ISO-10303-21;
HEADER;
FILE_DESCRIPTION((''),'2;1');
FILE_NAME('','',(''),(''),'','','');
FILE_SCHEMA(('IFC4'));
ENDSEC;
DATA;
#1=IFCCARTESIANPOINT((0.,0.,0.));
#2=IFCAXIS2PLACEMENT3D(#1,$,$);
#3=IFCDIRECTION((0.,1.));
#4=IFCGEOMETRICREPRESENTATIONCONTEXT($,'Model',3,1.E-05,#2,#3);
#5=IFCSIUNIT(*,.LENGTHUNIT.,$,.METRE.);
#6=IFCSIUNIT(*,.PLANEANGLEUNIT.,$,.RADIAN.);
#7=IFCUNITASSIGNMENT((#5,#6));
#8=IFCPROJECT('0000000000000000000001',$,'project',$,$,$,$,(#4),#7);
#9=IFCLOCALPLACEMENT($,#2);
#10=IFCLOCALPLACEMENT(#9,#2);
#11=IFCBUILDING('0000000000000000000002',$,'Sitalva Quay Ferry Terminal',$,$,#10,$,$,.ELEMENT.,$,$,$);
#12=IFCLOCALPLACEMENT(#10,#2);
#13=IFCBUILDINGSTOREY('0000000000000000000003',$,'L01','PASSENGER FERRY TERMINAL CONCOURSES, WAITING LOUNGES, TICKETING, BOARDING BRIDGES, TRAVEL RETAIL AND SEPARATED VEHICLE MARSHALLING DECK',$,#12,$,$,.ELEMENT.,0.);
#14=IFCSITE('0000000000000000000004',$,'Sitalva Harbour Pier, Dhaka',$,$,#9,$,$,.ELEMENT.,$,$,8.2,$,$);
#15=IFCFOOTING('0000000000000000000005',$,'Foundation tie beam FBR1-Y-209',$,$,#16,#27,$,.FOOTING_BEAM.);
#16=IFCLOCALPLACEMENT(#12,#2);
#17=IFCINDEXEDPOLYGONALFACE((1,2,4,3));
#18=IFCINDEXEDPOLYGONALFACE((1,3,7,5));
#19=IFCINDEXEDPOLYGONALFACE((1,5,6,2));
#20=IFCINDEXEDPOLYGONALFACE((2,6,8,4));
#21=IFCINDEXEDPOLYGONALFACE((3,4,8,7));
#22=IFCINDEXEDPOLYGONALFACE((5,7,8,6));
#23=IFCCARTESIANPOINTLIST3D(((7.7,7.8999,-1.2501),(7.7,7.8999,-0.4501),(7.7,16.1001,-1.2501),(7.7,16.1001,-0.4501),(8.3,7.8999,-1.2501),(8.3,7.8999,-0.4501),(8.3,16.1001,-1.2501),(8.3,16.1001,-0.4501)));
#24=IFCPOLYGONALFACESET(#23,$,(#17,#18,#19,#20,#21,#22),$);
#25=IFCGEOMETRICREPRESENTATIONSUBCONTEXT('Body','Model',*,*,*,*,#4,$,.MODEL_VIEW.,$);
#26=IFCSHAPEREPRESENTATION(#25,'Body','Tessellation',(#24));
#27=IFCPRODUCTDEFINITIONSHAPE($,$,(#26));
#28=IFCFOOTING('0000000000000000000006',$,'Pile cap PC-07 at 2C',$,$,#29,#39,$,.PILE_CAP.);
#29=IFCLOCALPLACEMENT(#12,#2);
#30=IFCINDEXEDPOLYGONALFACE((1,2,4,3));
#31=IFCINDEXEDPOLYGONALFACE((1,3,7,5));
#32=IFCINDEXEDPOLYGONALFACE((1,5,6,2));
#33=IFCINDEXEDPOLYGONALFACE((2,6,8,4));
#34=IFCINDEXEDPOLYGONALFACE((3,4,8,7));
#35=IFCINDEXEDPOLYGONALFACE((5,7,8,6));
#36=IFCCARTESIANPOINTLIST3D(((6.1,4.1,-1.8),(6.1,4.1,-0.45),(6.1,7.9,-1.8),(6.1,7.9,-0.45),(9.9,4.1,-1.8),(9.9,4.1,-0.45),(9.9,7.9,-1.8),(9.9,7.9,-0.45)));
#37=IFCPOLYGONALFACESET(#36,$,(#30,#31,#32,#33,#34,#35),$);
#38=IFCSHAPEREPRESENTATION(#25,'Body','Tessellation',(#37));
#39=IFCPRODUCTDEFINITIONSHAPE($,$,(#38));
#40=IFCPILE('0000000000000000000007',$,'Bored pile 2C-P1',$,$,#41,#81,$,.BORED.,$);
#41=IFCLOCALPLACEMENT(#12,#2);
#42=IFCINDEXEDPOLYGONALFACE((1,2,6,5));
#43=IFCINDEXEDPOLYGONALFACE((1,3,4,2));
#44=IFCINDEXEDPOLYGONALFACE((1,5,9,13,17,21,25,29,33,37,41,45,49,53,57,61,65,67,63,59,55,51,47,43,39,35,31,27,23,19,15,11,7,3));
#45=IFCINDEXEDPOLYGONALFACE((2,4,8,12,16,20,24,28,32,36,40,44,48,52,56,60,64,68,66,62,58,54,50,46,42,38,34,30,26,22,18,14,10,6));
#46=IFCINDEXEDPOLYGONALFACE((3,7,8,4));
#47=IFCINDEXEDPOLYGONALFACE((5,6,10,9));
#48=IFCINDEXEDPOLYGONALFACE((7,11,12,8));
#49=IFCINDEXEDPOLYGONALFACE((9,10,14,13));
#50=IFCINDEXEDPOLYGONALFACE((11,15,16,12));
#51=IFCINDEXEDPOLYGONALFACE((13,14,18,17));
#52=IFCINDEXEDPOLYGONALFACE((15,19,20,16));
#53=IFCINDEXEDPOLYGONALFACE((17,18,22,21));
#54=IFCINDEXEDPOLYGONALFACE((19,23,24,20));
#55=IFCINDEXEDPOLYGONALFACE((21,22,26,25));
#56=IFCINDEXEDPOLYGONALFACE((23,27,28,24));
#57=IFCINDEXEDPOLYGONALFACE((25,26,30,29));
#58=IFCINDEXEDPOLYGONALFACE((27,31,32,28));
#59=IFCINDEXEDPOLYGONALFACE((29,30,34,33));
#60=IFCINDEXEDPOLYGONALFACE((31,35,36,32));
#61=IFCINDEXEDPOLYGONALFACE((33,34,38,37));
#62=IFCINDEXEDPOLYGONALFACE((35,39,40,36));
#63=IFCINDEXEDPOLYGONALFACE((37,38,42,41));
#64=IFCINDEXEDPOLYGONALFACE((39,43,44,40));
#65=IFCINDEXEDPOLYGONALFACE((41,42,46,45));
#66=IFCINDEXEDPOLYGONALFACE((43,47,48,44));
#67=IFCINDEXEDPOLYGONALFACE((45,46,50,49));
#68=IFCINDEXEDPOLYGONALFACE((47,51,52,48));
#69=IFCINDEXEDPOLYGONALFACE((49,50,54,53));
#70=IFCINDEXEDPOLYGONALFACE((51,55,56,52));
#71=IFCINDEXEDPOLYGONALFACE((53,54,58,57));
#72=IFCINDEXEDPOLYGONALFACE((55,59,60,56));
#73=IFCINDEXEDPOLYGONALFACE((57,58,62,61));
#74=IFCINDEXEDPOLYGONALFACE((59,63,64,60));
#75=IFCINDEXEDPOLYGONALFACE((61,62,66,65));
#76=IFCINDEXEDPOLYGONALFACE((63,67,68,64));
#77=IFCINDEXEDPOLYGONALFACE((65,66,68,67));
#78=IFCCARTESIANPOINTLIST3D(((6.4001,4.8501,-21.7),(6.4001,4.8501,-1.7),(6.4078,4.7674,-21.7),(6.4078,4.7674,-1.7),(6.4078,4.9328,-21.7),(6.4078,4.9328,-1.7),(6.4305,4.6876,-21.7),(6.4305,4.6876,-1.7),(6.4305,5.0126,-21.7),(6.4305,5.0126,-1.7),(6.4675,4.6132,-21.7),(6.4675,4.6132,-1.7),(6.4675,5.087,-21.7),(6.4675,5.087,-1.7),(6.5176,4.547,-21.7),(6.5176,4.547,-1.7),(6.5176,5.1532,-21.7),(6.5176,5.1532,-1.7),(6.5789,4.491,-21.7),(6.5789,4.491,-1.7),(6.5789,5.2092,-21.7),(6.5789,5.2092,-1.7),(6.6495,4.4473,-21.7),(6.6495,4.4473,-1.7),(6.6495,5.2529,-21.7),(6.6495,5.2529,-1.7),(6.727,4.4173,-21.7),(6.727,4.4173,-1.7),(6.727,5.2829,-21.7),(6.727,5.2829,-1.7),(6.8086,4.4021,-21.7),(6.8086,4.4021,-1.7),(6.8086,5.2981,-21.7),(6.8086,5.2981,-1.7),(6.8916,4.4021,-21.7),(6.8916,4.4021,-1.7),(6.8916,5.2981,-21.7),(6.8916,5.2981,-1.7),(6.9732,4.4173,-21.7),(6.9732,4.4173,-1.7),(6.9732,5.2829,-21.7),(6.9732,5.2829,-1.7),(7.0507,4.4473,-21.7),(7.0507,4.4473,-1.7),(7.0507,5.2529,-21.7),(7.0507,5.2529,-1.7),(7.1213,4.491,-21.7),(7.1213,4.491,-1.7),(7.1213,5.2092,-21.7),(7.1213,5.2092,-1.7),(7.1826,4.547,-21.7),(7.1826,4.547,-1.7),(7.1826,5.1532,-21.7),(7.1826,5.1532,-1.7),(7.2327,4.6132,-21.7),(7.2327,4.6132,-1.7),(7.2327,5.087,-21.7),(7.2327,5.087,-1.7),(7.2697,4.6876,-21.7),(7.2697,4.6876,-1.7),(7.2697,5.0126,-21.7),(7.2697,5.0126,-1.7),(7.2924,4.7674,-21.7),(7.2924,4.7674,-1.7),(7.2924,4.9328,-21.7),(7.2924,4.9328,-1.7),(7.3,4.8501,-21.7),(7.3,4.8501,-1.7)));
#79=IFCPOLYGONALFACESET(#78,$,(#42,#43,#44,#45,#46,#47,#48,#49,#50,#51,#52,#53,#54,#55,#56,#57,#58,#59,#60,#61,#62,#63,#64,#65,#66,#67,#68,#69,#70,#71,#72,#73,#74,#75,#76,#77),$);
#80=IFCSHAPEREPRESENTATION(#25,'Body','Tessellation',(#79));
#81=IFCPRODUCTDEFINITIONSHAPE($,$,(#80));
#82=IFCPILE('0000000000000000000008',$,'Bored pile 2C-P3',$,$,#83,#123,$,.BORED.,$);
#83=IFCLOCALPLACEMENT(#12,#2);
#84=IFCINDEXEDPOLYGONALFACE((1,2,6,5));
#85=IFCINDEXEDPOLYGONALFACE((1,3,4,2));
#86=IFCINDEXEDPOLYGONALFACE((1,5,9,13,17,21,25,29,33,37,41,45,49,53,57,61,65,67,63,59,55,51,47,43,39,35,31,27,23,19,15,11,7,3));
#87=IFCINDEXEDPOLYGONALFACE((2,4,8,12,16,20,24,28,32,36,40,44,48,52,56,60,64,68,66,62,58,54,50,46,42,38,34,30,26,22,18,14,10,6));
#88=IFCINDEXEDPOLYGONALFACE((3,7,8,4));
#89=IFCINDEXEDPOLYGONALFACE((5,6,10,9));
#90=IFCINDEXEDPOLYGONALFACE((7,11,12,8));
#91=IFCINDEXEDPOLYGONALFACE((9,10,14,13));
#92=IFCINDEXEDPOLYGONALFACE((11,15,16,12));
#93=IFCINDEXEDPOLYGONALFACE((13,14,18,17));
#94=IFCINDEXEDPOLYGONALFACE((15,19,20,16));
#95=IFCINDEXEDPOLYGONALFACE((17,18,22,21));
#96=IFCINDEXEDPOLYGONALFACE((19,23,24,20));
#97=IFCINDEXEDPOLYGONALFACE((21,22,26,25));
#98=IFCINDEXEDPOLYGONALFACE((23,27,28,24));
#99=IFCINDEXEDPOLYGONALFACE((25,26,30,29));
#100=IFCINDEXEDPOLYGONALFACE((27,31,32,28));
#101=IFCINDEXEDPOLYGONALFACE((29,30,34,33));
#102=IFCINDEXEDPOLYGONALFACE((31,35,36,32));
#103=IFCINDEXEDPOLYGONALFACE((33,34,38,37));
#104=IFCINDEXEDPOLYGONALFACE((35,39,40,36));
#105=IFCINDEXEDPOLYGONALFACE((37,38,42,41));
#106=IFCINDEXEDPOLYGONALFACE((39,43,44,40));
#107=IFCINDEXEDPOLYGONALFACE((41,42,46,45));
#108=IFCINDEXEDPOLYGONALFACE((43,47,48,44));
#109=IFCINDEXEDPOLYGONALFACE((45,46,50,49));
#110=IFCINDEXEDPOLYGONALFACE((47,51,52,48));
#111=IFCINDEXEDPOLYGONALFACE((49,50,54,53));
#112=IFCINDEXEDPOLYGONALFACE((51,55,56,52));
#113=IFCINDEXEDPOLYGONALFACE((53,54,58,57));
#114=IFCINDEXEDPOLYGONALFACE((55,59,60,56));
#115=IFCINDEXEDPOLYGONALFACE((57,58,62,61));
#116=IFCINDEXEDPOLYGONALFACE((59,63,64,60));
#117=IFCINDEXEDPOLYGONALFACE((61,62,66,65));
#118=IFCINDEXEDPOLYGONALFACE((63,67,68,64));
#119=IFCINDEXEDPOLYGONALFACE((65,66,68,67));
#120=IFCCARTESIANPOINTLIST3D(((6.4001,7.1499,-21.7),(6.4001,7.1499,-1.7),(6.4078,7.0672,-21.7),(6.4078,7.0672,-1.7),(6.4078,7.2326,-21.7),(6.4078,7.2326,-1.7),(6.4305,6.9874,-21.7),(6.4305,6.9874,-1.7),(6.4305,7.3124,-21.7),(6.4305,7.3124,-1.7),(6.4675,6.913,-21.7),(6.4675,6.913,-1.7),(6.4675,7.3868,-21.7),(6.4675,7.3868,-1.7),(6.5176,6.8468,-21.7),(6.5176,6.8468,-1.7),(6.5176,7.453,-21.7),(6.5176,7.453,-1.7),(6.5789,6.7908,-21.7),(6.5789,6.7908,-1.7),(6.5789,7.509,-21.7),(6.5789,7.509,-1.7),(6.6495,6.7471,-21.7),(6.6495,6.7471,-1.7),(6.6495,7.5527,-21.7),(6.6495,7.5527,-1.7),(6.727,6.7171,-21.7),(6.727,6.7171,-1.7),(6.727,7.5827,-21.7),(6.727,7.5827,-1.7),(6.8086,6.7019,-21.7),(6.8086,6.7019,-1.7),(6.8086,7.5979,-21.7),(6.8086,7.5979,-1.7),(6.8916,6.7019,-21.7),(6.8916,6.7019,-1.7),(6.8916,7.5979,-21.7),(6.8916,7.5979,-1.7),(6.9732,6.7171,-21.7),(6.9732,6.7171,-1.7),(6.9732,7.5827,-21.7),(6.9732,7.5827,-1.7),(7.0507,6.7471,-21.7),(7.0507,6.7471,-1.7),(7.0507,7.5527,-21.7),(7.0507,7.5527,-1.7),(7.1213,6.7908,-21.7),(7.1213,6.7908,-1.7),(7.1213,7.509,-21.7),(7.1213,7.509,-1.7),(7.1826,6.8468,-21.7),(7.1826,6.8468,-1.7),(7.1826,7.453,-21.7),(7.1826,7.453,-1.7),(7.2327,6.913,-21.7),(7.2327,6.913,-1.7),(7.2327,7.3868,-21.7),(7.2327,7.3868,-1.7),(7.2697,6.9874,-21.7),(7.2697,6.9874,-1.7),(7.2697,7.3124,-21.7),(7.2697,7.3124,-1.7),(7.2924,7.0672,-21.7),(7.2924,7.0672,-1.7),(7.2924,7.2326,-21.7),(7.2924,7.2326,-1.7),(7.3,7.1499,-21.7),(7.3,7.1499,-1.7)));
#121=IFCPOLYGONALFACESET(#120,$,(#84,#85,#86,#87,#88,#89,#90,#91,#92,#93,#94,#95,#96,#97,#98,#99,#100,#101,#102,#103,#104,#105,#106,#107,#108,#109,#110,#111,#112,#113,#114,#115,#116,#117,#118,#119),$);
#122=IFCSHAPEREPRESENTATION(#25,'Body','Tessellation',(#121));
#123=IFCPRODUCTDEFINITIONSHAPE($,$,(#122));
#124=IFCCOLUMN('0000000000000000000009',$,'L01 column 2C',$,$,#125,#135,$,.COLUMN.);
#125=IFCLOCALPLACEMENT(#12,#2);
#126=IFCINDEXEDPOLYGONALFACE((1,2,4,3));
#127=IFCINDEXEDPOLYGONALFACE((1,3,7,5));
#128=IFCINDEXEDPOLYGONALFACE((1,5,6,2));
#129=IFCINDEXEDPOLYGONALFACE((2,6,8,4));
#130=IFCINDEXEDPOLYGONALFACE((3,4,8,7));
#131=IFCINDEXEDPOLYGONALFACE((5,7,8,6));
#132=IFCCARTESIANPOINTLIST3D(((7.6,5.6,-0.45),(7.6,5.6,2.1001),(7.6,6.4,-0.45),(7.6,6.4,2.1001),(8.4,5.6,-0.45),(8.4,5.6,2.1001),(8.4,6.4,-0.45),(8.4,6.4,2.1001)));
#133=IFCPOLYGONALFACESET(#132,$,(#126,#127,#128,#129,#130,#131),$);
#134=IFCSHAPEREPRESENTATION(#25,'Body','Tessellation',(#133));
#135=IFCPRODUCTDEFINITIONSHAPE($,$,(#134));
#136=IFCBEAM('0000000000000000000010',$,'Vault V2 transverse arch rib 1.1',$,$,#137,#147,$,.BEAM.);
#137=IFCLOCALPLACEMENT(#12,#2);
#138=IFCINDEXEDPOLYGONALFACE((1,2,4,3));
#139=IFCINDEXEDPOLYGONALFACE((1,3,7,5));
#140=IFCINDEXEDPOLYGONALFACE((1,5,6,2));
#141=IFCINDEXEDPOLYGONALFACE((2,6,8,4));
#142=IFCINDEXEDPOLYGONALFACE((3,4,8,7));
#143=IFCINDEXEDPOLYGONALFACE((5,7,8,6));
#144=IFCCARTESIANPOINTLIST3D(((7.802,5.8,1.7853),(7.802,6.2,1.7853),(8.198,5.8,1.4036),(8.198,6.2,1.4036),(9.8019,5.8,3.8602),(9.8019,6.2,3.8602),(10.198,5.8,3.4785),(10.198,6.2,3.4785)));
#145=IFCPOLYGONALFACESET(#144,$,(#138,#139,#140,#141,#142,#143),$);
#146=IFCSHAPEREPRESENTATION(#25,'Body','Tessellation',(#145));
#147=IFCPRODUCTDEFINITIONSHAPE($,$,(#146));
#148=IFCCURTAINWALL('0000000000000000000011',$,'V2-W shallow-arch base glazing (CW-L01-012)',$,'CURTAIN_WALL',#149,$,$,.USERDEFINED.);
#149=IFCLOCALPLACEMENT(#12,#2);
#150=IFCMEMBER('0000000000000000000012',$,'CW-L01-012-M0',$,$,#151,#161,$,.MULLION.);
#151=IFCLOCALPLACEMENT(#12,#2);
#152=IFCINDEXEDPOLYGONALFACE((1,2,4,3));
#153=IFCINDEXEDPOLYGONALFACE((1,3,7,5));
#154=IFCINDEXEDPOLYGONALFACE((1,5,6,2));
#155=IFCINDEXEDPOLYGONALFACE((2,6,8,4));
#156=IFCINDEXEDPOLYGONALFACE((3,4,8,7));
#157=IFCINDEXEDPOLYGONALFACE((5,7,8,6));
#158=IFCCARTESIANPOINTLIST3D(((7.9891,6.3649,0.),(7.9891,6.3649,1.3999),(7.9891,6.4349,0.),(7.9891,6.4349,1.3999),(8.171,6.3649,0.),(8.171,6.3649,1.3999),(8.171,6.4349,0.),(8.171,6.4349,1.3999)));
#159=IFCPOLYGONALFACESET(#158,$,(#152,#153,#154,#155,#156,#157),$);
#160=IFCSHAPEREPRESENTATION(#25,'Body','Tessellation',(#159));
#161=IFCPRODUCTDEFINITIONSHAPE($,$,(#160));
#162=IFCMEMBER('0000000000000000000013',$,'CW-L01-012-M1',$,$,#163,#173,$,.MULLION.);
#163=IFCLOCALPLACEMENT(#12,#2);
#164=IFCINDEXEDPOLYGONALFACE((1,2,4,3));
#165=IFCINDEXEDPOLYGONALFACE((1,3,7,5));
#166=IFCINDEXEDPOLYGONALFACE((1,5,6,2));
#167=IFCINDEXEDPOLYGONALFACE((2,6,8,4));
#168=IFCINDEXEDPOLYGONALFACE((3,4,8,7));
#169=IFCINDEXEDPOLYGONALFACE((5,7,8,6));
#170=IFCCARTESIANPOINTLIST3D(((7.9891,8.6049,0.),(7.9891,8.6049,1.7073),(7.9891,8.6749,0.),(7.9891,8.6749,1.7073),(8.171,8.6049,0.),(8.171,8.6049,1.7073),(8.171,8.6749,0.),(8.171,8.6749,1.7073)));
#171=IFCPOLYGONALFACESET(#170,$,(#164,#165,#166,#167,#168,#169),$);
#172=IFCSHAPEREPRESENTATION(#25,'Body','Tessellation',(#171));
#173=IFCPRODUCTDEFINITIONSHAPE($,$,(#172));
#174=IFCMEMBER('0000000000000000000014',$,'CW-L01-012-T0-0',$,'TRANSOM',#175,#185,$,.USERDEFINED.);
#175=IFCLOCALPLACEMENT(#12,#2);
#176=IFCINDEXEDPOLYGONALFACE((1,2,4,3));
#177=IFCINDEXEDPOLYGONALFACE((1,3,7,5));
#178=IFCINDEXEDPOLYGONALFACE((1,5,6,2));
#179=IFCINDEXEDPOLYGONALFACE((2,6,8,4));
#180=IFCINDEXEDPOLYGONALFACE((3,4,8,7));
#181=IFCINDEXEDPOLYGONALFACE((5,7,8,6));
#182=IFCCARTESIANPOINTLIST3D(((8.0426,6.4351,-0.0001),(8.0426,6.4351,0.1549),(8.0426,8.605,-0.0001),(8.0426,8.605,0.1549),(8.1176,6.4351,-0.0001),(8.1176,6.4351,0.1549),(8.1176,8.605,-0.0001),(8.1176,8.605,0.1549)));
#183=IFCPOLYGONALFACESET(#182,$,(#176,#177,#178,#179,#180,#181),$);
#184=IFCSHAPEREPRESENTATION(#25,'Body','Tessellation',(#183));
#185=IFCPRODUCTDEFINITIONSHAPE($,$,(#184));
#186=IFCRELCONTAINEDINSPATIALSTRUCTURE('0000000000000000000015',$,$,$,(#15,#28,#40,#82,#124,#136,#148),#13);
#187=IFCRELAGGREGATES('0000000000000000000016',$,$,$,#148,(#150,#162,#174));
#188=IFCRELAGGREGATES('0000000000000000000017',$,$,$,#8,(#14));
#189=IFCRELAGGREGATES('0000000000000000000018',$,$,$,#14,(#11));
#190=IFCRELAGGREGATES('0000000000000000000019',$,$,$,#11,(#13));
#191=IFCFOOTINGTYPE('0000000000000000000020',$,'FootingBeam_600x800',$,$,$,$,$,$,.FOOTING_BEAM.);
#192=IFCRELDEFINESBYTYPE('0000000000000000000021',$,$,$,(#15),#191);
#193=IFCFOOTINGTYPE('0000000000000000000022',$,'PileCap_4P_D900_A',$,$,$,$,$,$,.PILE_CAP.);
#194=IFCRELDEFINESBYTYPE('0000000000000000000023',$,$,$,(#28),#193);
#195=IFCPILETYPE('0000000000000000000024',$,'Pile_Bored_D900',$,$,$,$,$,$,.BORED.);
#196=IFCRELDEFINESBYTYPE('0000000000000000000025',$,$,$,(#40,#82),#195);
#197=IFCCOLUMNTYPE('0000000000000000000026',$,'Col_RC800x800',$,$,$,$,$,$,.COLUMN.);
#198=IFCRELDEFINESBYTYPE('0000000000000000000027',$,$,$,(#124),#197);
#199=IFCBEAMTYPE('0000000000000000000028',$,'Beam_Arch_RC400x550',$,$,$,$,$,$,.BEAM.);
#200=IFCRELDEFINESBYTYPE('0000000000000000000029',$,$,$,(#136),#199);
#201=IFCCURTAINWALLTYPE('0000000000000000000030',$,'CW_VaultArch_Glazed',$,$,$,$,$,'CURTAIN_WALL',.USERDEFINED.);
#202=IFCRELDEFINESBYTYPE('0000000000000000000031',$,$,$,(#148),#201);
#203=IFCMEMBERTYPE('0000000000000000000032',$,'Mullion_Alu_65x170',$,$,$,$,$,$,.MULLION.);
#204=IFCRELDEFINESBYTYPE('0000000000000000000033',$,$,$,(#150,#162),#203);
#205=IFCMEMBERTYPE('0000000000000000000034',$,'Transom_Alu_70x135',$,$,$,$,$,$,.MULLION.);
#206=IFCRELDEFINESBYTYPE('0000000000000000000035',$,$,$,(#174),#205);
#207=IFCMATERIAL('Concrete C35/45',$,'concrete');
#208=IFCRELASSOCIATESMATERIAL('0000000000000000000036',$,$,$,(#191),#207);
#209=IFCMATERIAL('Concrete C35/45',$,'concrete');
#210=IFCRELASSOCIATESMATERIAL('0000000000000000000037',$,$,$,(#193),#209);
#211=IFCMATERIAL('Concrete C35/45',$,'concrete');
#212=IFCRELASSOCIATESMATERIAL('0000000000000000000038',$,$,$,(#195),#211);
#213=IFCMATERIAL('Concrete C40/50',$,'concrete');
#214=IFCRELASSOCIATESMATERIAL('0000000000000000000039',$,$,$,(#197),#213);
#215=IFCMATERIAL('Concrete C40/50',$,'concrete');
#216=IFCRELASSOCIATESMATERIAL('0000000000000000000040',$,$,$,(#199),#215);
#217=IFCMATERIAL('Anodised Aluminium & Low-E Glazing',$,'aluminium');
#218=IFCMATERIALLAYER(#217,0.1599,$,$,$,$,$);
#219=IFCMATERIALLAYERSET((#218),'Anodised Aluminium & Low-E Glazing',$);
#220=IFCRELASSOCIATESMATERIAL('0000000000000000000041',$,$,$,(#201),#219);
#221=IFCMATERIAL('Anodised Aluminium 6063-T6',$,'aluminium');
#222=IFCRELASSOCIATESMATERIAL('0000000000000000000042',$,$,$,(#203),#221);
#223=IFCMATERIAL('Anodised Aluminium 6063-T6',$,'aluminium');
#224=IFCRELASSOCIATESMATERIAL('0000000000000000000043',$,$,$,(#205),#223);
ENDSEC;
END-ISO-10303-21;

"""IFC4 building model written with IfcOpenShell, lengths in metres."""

from ifc_helpers import new_model, si_unit, direction, frame, origin, origin_2d, place, context, subcontext, project, spatial, rectangle, circle, extrude, material, layer, layer_set, material_profile, profile_set, type_object, element, aggregate, save


model = new_model("IFC4")

# Units and contexts
model_context = context("Model", 3, precision=1e-05, world=origin(), true_north=direction((0.0, 1.0)))
body_context = subcontext(model_context, "Body", "Model", "MODEL_VIEW")
ifc_project = project(units=[si_unit("LENGTHUNIT", "METRE"), si_unit("PLANEANGLEUNIT", "RADIAN")], contexts=[model_context])

# Site, building, storey
site_placement = place(None, origin())
site = spatial("IfcSite", under=ifc_project, at=site_placement, Name="Sitalva Harbour Pier, Dhaka", CompositionType="ELEMENT", RefElevation=8.2)
building_placement = place(site_placement, origin())
building = spatial("IfcBuilding", under=site, at=building_placement, Name="Sitalva Quay Ferry Terminal", CompositionType="ELEMENT")
storey_placement = place(building_placement, origin())
storey = spatial("IfcBuildingStorey", under=building, at=storey_placement, Name="L01", Description="PASSENGER FERRY TERMINAL CONCOURSES, WAITING LOUNGES, TICKETING, BOARDING BRIDGES, TRAVEL RETAIL AND SEPARATED VEHICLE MARSHALLING DECK", CompositionType="ELEMENT", Elevation=0.0)

# Footings
ifc_material_1 = material(Name="Concrete C35/45", Category="concrete")
ifc_material_profile_1 = material_profile(ifc_material_1, rectangle(XDim=0.6001, YDim=0.8, at=origin_2d()), Name="RC600x800")
ifc_profile_set_1 = profile_set([ifc_material_profile_1], Name="Concrete C35/45")
footing_type_1 = type_object("IfcFootingType", Name="FootingBeam_600x800", PredefinedType="FOOTING_BEAM", material=ifc_profile_set_1)
footing_1_placement = place(storey_placement, frame((8.0, 7.8999, -0.8501), z_axis=(0.0, 1.0, 0.0), x_axis=(-1.0, 0.0, 0.0)))
element("IfcFooting", 1, at=footing_1_placement, inside=storey, type_object=footing_type_1, Name="Foundation tie beam FBR1-Y-209", PredefinedType="FOOTING_BEAM", context=body_context, shape_type="SweptSolid", body=[
    extrude(rectangle(XDim=0.6001, YDim=0.8, at=origin_2d()), origin(), (0.0, 0.0, 1.0), 8.2002),
])
ifc_material_2 = material(Name="Concrete C35/45", Category="concrete")
footing_type_2 = type_object("IfcFootingType", Name="PileCap_4P_D900_A", PredefinedType="PILE_CAP", material=ifc_material_2)
footing_2_placement = place(storey_placement, frame((8.0, 6.0, -1.8), z_axis=(0.0, 0.0, 1.0), x_axis=(1.0, 0.0, 0.0)))
element("IfcFooting", 2, at=footing_2_placement, inside=storey, type_object=footing_type_2, Name="Pile cap PC-07 at 2C", PredefinedType="PILE_CAP", context=body_context, shape_type="SweptSolid", body=[
    extrude(rectangle(XDim=3.8, YDim=3.8, at=origin_2d()), origin(), (0.0, 0.0, 1.0), 1.3501),
])

# Piles
ifc_material_3 = material(Name="Concrete C35/45", Category="concrete")
ifc_material_profile_2 = material_profile(ifc_material_3, circle(Radius=0.45, at=origin_2d()), Name="PILE-D900")
ifc_profile_set_2 = profile_set([ifc_material_profile_2], Name="Concrete C35/45")
pile_type = type_object("IfcPileType", Name="Pile_Bored_D900", PredefinedType="BORED", material=ifc_profile_set_2)
for number, where, z_axis, x_axis, name in (
    (3, (6.8501, 4.8501, -1.7), (0.0, 0.0, -1.0), (1.0, 0.0, 0.0), "Bored pile 2C-P1"),
    (4, (6.8501, 7.1499, -1.7), (0.0, 0.0, -1.0), (1.0, 0.0, 0.0), "Bored pile 2C-P3"),
):
    element("IfcPile", number, at=place(storey_placement, frame(where, z_axis=z_axis, x_axis=x_axis)), inside=storey, type_object=pile_type, Name=name, PredefinedType="BORED", context=body_context, shape_type="SweptSolid", body=[
        extrude(circle(Radius=0.45, at=origin_2d()), origin(), (0.0, 0.0, 1.0), 20.0),
    ])

# Column
ifc_material_4 = material(Name="Concrete C40/50", Category="concrete")
ifc_material_profile_3 = material_profile(ifc_material_4, rectangle(XDim=0.8, YDim=0.8, at=origin_2d()), Name="RC800x800")
ifc_profile_set_3 = profile_set([ifc_material_profile_3], Name="Concrete C40/50")
column_type = type_object("IfcColumnType", Name="Col_RC800x800", PredefinedType="COLUMN", material=ifc_profile_set_3)
column_placement = place(storey_placement, frame((8.0, 6.0, -0.45), z_axis=(0.0, 0.0, 1.0), x_axis=(1.0, 0.0, 0.0)))
element("IfcColumn", 5, at=column_placement, inside=storey, type_object=column_type, Name="L01 column 2C", PredefinedType="COLUMN", context=body_context, shape_type="SweptSolid", body=[
    extrude(rectangle(XDim=0.8, YDim=0.8, at=origin_2d()), origin(), (0.0, 0.0, 1.0), 2.55),
])

# Beam
ifc_material_5 = material(Name="Concrete C40/50", Category="concrete")
ifc_material_profile_4 = material_profile(ifc_material_5, rectangle(XDim=0.3999, YDim=0.55, at=origin_2d()), Name="RC400x550")
ifc_profile_set_4 = profile_set([ifc_material_profile_4], Name="Concrete C40/50")
beam_type = type_object("IfcBeamType", Name="Beam_Arch_RC400x550", PredefinedType="BEAM", material=ifc_profile_set_4)
beam_placement = place(storey_placement, frame((8.0, 6.0, 1.5945), z_axis=(0.693983, 0.0, 0.719991), x_axis=(0.0, 1.0, 0.0)))
element("IfcBeam", 6, at=beam_placement, inside=storey, type_object=beam_type, Name="Vault V2 transverse arch rib 1.1", PredefinedType="BEAM", context=body_context, shape_type="SweptSolid", body=[
    extrude(rectangle(XDim=0.3999, YDim=0.55, at=origin_2d()), origin(), (0.0, 0.0, 1.0), 2.8818),
])

# Curtain wall, members
ifc_material_6 = material(Name="Anodised Aluminium & Low-E Glazing", Category="aluminium")
ifc_layer_1 = layer(ifc_material_6, 0.1599)
ifc_layer_set_1 = layer_set([ifc_layer_1], Name="Anodised Aluminium & Low-E Glazing")
curtain_wall_type = type_object("IfcCurtainWallType", Name="CW_VaultArch_Glazed", ElementType="CURTAIN_WALL", PredefinedType="USERDEFINED", material=ifc_layer_set_1)
curtain_wall_placement = place(storey_placement, origin())
curtain_wall = element("IfcCurtainWall", 7, at=curtain_wall_placement, inside=storey, type_object=curtain_wall_type, Name="V2-W shallow-arch base glazing (CW-L01-012)", ObjectType="CURTAIN_WALL", PredefinedType="USERDEFINED")
ifc_material_7 = material(Name="Anodised Aluminium 6063-T6", Category="aluminium")
ifc_material_profile_5 = material_profile(ifc_material_7, rectangle(XDim=0.0701, YDim=0.1819, at=origin_2d()), Name="ALU70x182")
ifc_profile_set_5 = profile_set([ifc_material_profile_5], Name="Anodised Aluminium 6063-T6")
member_type_1 = type_object("IfcMemberType", Name="Mullion_Alu_65x170", PredefinedType="MULLION", material=ifc_profile_set_5)
member_1_placement = place(storey_placement, frame((8.0801, 6.3999, 0.0), z_axis=(0.0, 0.0, 1.0), x_axis=(0.0, 1.0, 0.0)))
member_1 = element("IfcMember", 8, at=member_1_placement, type_object=member_type_1, Name="CW-L01-012-M0", PredefinedType="MULLION", context=body_context, shape_type="SweptSolid", body=[
    extrude(rectangle(XDim=0.0701, YDim=0.1819, at=origin_2d()), origin(), (0.0, 0.0, 1.0), 1.3999),
])
member_2_placement = place(storey_placement, frame((8.0801, 8.6399, 0.0), z_axis=(0.0, 0.0, 1.0), x_axis=(0.0, 1.0, 0.0)))
member_2 = element("IfcMember", 9, at=member_2_placement, type_object=member_type_1, Name="CW-L01-012-M1", PredefinedType="MULLION", context=body_context, shape_type="SweptSolid", body=[
    extrude(rectangle(XDim=0.0701, YDim=0.1819, at=origin_2d()), origin(), (0.0, 0.0, 1.0), 1.7073),
])
ifc_material_8 = material(Name="Anodised Aluminium 6063-T6", Category="aluminium")
ifc_material_profile_6 = material_profile(ifc_material_8, rectangle(XDim=0.075, YDim=0.155, at=origin_2d()), Name="ALU75x155")
ifc_profile_set_6 = profile_set([ifc_material_profile_6], Name="Anodised Aluminium 6063-T6")
member_type_2 = type_object("IfcMemberType", Name="Transom_Alu_70x135", PredefinedType="MULLION", material=ifc_profile_set_6)
member_3_placement = place(storey_placement, frame((8.0801, 6.4351, 0.0774), z_axis=(0.0, 1.0, 0.0), x_axis=(-1.0, 0.0, 0.0)))
member_3 = element("IfcMember", 10, at=member_3_placement, type_object=member_type_2, Name="CW-L01-012-T0-0", ObjectType="TRANSOM", PredefinedType="USERDEFINED", context=body_context, shape_type="SweptSolid", body=[
    extrude(rectangle(XDim=0.075, YDim=0.155, at=origin_2d()), origin(), (0.0, 0.0, 1.0), 2.1699),
])
aggregate(curtain_wall, [member_1, member_2, member_3])

save(model, "model.ifc")
